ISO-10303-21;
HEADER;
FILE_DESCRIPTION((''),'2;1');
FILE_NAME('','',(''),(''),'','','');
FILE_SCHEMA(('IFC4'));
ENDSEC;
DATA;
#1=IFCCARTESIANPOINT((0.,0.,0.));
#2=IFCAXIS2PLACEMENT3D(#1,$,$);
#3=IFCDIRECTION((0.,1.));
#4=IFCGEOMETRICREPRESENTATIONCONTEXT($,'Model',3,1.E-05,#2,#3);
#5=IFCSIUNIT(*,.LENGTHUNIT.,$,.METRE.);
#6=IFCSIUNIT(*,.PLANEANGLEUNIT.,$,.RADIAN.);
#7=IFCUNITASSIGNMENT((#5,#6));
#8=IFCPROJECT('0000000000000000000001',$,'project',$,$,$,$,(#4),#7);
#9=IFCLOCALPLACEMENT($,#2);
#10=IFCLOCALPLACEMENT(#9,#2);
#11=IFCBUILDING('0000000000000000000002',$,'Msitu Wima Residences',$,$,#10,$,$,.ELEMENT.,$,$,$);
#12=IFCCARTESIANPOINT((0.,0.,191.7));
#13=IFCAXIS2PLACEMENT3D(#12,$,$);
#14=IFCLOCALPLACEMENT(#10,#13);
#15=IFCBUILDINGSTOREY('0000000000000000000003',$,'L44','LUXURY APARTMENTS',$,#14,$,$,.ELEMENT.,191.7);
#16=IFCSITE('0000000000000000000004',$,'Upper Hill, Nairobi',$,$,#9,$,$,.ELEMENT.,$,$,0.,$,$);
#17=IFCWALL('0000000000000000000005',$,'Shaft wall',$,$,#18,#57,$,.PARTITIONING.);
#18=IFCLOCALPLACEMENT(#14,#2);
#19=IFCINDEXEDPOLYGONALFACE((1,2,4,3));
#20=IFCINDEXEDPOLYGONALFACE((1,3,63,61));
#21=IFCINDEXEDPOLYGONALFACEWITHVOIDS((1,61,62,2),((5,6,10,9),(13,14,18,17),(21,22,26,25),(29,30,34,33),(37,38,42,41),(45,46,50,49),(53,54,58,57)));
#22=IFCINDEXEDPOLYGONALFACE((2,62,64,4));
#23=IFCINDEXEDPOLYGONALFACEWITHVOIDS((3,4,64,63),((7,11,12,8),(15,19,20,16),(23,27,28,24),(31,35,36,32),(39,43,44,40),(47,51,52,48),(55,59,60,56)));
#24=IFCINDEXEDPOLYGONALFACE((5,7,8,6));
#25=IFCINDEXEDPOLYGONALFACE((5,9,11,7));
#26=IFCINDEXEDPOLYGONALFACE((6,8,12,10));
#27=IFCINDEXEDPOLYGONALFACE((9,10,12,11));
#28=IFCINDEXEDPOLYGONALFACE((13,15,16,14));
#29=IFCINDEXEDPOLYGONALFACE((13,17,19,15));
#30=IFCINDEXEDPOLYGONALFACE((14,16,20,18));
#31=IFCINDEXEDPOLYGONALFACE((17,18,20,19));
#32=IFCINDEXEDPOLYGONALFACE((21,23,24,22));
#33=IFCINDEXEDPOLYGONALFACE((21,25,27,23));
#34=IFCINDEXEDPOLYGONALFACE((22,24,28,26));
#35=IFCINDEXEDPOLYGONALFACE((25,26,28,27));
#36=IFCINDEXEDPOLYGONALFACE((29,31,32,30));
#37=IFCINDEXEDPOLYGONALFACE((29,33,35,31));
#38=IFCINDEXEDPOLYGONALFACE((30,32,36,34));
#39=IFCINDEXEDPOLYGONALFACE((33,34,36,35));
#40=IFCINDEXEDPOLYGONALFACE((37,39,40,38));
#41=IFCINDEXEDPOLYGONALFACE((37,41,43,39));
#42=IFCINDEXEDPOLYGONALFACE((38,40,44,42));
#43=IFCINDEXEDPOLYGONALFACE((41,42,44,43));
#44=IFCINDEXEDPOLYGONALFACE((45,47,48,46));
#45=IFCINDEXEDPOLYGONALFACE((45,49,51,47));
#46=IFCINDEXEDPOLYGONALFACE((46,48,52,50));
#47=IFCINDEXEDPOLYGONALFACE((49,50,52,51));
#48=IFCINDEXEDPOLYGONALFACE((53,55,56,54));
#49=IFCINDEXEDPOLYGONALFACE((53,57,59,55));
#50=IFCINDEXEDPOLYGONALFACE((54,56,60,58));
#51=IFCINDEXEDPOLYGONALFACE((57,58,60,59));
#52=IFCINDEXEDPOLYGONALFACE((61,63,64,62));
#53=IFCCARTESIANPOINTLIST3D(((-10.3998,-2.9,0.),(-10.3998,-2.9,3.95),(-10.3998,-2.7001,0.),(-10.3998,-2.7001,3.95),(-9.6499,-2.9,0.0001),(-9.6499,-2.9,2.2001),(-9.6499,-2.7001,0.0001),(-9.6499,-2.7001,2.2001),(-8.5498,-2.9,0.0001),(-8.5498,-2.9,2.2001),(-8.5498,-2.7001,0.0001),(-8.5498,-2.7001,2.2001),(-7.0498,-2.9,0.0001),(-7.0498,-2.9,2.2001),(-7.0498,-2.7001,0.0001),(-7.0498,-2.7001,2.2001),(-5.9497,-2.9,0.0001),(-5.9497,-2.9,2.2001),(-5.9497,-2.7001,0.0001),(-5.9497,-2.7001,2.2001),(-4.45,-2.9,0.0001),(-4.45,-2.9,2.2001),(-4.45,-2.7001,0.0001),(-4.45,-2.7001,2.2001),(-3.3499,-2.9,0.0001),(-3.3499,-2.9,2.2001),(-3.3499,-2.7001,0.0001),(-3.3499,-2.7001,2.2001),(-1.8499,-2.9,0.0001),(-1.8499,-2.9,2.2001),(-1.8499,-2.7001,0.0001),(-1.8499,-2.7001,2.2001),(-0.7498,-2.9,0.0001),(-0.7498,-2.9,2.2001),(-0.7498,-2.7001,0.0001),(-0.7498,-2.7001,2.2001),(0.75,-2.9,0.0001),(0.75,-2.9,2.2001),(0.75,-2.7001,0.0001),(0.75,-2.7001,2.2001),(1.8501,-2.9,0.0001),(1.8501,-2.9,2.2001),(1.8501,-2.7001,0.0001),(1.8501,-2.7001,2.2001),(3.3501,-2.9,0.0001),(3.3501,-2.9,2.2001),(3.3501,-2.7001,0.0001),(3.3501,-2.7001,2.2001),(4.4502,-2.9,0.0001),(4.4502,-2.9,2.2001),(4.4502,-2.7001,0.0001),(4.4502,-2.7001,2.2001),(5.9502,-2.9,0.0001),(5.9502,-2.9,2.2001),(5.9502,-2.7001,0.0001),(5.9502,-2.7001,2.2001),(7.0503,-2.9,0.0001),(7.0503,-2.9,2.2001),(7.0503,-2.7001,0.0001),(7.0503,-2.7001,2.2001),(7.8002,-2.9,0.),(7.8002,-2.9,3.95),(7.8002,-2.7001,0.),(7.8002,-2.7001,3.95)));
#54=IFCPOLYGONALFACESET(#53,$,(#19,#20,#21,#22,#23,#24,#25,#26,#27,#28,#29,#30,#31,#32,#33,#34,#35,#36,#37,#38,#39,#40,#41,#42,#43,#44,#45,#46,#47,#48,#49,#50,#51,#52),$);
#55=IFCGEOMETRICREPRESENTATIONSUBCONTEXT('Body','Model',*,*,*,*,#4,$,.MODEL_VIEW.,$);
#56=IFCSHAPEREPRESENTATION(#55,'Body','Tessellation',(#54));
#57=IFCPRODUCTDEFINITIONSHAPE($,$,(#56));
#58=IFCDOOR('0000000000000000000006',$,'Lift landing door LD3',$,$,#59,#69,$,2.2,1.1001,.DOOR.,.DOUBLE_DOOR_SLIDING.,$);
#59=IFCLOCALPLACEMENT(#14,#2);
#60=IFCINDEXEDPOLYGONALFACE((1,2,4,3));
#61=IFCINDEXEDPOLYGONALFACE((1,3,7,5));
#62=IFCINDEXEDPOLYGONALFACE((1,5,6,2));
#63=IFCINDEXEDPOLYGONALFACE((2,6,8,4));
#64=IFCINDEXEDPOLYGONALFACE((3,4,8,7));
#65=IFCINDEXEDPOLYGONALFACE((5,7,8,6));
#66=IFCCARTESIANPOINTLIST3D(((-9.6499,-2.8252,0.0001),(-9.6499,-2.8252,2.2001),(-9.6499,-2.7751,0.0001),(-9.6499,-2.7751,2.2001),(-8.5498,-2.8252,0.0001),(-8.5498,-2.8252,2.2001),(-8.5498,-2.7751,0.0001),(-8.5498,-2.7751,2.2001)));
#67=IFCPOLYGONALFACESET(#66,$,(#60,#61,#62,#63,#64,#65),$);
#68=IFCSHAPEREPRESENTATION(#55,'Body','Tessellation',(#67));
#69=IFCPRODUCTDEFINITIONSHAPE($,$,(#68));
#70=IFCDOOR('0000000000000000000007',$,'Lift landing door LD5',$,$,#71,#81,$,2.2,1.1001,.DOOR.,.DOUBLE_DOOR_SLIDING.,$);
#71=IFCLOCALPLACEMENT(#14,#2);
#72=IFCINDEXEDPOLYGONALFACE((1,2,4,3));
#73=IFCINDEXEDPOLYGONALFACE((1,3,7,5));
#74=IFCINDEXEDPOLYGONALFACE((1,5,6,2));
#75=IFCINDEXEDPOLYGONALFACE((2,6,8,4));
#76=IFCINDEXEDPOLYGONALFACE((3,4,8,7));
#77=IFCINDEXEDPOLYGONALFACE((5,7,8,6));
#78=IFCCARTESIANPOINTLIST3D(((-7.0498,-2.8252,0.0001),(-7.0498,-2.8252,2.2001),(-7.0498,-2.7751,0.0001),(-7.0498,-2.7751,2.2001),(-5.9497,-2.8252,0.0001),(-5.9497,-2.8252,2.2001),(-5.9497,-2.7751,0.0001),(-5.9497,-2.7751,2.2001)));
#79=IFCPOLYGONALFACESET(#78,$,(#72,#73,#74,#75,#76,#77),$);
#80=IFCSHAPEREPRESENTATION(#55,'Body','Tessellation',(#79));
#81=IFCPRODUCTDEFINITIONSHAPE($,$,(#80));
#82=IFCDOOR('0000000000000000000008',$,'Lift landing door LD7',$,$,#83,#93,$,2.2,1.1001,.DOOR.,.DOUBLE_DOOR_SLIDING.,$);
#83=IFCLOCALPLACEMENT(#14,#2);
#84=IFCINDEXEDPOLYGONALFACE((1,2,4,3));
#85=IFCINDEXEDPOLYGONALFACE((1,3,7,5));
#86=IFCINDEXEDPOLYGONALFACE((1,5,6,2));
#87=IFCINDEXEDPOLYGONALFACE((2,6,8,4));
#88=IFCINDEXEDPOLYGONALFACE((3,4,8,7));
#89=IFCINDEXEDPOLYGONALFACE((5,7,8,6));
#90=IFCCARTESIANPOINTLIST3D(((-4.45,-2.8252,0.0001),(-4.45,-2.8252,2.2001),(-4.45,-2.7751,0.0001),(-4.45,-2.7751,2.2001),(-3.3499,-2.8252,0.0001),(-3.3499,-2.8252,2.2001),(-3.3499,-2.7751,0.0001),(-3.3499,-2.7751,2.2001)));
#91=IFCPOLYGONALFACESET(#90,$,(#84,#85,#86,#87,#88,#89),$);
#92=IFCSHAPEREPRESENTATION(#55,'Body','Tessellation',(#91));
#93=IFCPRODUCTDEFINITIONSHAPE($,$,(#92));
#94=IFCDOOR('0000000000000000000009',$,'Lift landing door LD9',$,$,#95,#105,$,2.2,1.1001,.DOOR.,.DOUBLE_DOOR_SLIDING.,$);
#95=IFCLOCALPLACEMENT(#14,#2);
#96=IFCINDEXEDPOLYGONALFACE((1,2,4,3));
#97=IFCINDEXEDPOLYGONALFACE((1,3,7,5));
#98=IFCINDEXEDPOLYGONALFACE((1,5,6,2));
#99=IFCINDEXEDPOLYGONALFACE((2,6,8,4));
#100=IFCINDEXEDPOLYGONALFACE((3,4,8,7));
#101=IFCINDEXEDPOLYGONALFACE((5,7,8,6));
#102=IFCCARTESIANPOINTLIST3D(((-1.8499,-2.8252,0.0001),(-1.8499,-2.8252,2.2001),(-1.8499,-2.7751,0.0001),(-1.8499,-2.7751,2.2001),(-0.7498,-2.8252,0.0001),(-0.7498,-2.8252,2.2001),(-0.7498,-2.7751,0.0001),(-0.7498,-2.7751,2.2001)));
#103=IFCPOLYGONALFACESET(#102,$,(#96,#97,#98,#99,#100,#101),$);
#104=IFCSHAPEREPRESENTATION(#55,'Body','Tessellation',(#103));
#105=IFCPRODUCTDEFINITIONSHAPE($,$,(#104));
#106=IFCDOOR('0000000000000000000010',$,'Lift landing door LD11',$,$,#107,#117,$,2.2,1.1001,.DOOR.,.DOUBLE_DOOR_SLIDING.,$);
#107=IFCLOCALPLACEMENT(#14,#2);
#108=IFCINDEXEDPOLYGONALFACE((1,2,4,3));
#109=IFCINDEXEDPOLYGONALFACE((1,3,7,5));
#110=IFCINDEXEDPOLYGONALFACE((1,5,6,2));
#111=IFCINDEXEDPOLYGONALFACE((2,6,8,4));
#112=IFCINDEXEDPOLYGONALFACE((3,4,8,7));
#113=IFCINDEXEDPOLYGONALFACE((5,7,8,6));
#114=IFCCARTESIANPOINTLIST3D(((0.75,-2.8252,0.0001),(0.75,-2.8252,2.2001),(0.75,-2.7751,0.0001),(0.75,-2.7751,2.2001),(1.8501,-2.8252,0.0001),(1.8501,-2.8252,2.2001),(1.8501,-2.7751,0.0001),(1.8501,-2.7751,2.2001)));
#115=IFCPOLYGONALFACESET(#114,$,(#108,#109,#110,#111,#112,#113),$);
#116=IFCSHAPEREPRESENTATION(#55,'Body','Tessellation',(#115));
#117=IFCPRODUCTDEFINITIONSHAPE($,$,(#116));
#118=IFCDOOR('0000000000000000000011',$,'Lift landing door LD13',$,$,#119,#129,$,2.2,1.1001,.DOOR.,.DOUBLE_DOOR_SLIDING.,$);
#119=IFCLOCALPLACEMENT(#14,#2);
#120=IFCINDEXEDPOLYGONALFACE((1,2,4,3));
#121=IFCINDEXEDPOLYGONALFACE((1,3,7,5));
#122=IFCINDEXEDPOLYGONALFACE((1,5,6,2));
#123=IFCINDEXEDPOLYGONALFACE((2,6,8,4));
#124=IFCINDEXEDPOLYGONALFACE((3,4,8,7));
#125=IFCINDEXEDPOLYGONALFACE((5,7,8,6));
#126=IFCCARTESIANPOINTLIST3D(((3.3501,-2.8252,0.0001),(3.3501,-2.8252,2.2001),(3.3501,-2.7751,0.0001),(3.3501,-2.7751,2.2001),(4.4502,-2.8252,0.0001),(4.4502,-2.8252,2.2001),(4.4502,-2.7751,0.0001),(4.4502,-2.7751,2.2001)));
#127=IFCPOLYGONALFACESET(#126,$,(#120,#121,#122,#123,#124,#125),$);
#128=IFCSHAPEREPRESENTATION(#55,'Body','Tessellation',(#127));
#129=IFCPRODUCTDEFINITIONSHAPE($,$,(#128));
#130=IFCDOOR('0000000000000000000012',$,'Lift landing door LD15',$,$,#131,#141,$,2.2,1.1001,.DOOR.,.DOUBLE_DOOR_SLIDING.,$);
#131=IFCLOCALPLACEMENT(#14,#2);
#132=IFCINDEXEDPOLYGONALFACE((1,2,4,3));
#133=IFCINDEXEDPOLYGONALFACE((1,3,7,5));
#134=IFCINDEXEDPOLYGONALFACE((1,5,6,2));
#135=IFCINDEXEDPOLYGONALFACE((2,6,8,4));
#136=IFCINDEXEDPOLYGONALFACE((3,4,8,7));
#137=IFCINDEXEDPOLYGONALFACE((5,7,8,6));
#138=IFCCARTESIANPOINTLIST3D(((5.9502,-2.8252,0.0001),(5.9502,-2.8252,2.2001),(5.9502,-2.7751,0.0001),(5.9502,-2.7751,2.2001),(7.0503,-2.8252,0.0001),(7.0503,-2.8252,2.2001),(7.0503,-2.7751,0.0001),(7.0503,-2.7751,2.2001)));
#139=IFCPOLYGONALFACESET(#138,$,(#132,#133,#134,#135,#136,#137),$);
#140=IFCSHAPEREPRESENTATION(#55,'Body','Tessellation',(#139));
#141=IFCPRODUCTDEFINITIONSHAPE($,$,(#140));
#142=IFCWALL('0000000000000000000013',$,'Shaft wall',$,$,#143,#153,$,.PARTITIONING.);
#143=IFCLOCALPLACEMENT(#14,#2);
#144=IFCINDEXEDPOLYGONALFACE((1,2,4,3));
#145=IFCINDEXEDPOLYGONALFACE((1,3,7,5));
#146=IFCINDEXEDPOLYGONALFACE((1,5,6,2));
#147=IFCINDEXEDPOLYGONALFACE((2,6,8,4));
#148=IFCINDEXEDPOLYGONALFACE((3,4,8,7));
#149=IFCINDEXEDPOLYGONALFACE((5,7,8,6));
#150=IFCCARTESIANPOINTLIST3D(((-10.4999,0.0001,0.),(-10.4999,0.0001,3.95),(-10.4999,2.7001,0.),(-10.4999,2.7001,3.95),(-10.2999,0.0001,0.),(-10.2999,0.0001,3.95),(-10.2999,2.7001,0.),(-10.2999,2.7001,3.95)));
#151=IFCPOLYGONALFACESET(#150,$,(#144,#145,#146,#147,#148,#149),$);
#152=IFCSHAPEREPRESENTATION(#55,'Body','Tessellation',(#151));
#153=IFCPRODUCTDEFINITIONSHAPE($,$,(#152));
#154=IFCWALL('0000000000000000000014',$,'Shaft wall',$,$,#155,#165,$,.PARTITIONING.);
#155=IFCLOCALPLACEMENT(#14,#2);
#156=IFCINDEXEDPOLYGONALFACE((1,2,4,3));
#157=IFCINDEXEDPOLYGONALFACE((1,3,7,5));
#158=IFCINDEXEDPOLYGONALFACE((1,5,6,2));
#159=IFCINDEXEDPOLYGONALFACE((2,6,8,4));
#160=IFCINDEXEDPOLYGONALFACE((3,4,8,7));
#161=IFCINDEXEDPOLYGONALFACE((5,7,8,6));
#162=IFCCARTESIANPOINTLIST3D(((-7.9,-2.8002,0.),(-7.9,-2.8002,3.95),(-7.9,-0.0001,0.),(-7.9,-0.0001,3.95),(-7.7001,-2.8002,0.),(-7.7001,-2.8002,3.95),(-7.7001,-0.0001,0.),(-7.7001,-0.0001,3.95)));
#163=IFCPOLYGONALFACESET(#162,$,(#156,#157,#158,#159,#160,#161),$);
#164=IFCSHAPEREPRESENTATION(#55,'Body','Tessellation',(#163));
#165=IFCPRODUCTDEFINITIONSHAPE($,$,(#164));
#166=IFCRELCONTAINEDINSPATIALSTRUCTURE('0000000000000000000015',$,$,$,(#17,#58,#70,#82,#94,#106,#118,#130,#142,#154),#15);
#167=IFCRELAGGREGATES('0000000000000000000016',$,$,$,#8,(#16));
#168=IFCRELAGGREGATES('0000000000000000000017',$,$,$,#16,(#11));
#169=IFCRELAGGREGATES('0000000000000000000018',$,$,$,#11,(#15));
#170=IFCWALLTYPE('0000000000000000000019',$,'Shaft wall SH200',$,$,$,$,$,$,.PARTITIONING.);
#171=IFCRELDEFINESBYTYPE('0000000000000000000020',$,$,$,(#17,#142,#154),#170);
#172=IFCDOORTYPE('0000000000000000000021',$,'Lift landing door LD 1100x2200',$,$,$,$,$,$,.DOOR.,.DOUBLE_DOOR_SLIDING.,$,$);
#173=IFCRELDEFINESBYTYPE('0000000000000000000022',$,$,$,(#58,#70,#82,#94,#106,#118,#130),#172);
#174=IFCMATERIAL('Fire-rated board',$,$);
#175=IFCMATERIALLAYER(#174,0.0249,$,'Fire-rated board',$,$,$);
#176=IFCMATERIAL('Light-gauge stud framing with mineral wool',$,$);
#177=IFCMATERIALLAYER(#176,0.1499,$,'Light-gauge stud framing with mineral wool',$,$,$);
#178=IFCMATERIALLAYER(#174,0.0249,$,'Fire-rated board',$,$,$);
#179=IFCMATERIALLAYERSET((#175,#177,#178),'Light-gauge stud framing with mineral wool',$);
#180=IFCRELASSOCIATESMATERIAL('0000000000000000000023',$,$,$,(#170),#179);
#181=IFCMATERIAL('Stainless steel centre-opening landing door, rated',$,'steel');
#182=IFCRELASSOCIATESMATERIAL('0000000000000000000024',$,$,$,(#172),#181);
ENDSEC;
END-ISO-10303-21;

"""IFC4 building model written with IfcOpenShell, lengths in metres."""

from ifc_helpers import new_model, si_unit, direction, frame, frame_2d, origin, place, context, subcontext, project, spatial, rectangle, extrude, material, layer, layer_set, type_object, element, fill, save


model = new_model("IFC4")

# Units and contexts
model_context = context("Model", 3, precision=1e-05, world=origin(), true_north=direction((0.0, 1.0)))
body_context = subcontext(model_context, "Body", "Model", "MODEL_VIEW")
ifc_project = project(units=[si_unit("LENGTHUNIT", "METRE"), si_unit("PLANEANGLEUNIT", "RADIAN")], contexts=[model_context])

# Site, building, storey
site_placement = place(None, origin())
site = spatial("IfcSite", under=ifc_project, at=site_placement, Name="Upper Hill, Nairobi", CompositionType="ELEMENT", RefElevation=0.0)
building_placement = place(site_placement, origin())
building = spatial("IfcBuilding", under=site, at=building_placement, Name="Msitu Wima Residences", CompositionType="ELEMENT")
storey_placement = place(building_placement, frame((0.0, 0.0, 191.7)))
storey = spatial("IfcBuildingStorey", under=building, at=storey_placement, Name="L44", Description="LUXURY APARTMENTS", CompositionType="ELEMENT", Elevation=191.7)

# Shared definitions
ifc_material_1 = material(Name="Fire-rated board")
ifc_layer_1 = layer(ifc_material_1, 0.0249, Name="Fire-rated board")
ifc_material_2 = material(Name="Light-gauge stud framing with mineral wool")
ifc_layer_2 = layer(ifc_material_2, 0.1499, Name="Light-gauge stud framing with mineral wool")
ifc_layer_3 = layer(ifc_material_1, 0.0249, Name="Fire-rated board")
ifc_layer_set_1 = layer_set([ifc_layer_1, ifc_layer_2, ifc_layer_3], Name="Light-gauge stud framing with mineral wool")
wall_type_1 = type_object("IfcWallType", Name="Shaft wall SH200", PredefinedType="PARTITIONING", material=ifc_layer_set_1)

# Wall, openings, doors
wall_1_placement = place(storey_placement, frame((-10.3999, -2.8, 0.0), z_axis=(0.0, 0.0, 1.0), x_axis=(1.0, 0.0, 0.0)))
wall_1 = element("IfcWall", 1, at=wall_1_placement, inside=storey, type_object=wall_type_1, Name="Shaft wall", PredefinedType="PARTITIONING", context=body_context, shape_type="SweptSolid", body=[
    extrude(rectangle(XDim=18.2, YDim=0.2, at=frame_2d((9.1001, 0.0))), origin(), (0.0, 0.0, 1.0), 3.95),
])
opening_1_placement = place(wall_1_placement, frame((0.75, 0.0, 0.0)))
opening_1 = element("IfcOpeningElement", 2, at=opening_1_placement, cuts=wall_1, PredefinedType="OPENING", context=body_context, shape_type="SweptSolid", body=[
    extrude(rectangle(XDim=1.1001, YDim=2.2, at=frame_2d((0.55, 1.1001))), frame((0.0, 0.1099, 0.0), z_axis=(0.0, -1.0, 0.0), x_axis=(1.0, 0.0, 0.0)), (0.0, 0.0, 1.0), 0.22),
])
opening_2_placement = place(wall_1_placement, frame((3.3501, 0.0, 0.0)))
opening_2 = element("IfcOpeningElement", 3, at=opening_2_placement, cuts=wall_1, PredefinedType="OPENING", context=body_context, shape_type="SweptSolid", body=[
    extrude(rectangle(XDim=1.1001, YDim=2.2, at=frame_2d((0.55, 1.1001))), frame((0.0, 0.1099, 0.0), z_axis=(0.0, -1.0, 0.0), x_axis=(1.0, 0.0, 0.0)), (0.0, 0.0, 1.0), 0.22),
])
opening_3_placement = place(wall_1_placement, frame((5.95, 0.0, 0.0)))
opening_3 = element("IfcOpeningElement", 4, at=opening_3_placement, cuts=wall_1, PredefinedType="OPENING", context=body_context, shape_type="SweptSolid", body=[
    extrude(rectangle(XDim=1.1001, YDim=2.2, at=frame_2d((0.55, 1.1001))), frame((0.0, 0.1099, 0.0), z_axis=(0.0, -1.0, 0.0), x_axis=(1.0, 0.0, 0.0)), (0.0, 0.0, 1.0), 0.22),
])
opening_4_placement = place(wall_1_placement, frame((8.55, 0.0, 0.0)))
opening_4 = element("IfcOpeningElement", 5, at=opening_4_placement, cuts=wall_1, PredefinedType="OPENING", context=body_context, shape_type="SweptSolid", body=[
    extrude(rectangle(XDim=1.1001, YDim=2.2, at=frame_2d((0.55, 1.1001))), frame((0.0, 0.1099, 0.0), z_axis=(0.0, -1.0, 0.0), x_axis=(1.0, 0.0, 0.0)), (0.0, 0.0, 1.0), 0.22),
])
opening_5_placement = place(wall_1_placement, frame((11.1499, 0.0, 0.0)))
opening_5 = element("IfcOpeningElement", 6, at=opening_5_placement, cuts=wall_1, PredefinedType="OPENING", context=body_context, shape_type="SweptSolid", body=[
    extrude(rectangle(XDim=1.1001, YDim=2.2, at=frame_2d((0.55, 1.1001))), frame((0.0, 0.1099, 0.0), z_axis=(0.0, -1.0, 0.0), x_axis=(1.0, 0.0, 0.0)), (0.0, 0.0, 1.0), 0.22),
])
opening_6_placement = place(wall_1_placement, frame((13.75, 0.0, 0.0)))
opening_6 = element("IfcOpeningElement", 7, at=opening_6_placement, cuts=wall_1, PredefinedType="OPENING", context=body_context, shape_type="SweptSolid", body=[
    extrude(rectangle(XDim=1.1001, YDim=2.2, at=frame_2d((0.55, 1.1001))), frame((0.0, 0.1099, 0.0), z_axis=(0.0, -1.0, 0.0), x_axis=(1.0, 0.0, 0.0)), (0.0, 0.0, 1.0), 0.22),
])
opening_7_placement = place(wall_1_placement, frame((16.3501, 0.0, 0.0)))
opening_7 = element("IfcOpeningElement", 8, at=opening_7_placement, cuts=wall_1, PredefinedType="OPENING", context=body_context, shape_type="SweptSolid", body=[
    extrude(rectangle(XDim=1.1001, YDim=2.2, at=frame_2d((0.55, 1.1001))), frame((0.0, 0.1099, 0.0), z_axis=(0.0, -1.0, 0.0), x_axis=(1.0, 0.0, 0.0)), (0.0, 0.0, 1.0), 0.22),
])
ifc_material_3 = material(Name="Stainless steel centre-opening landing door, rated", Category="steel")
door_type_1 = type_object("IfcDoorType", Name="Lift landing door LD 1100x2200", OperationType="DOUBLE_DOOR_SLIDING", PredefinedType="DOOR", material=ifc_material_3)
door_1_placement = place(opening_1_placement, origin())
door_1 = element("IfcDoor", 9, at=door_1_placement, inside=storey, type_object=door_type_1, Name="Lift landing door LD3", OperationType="DOUBLE_DOOR_SLIDING", OverallHeight=2.2, OverallWidth=1.1001, PredefinedType="DOOR", context=body_context, shape_type="SweptSolid", body=[
    extrude(rectangle(XDim=1.1001, YDim=2.2, at=frame_2d((0.55, 1.1001))), frame((0.0, 0.0249, 0.0), z_axis=(0.0, -1.0, 0.0), x_axis=(1.0, 0.0, 0.0)), (0.0, 0.0, 1.0), 0.05),
])
fill(opening_1, door_1)
door_2_placement = place(opening_2_placement, origin())
door_2 = element("IfcDoor", 10, at=door_2_placement, inside=storey, type_object=door_type_1, Name="Lift landing door LD5", OperationType="DOUBLE_DOOR_SLIDING", OverallHeight=2.2, OverallWidth=1.1001, PredefinedType="DOOR", context=body_context, shape_type="SweptSolid", body=[
    extrude(rectangle(XDim=1.1001, YDim=2.2, at=frame_2d((0.55, 1.1001))), frame((0.0, 0.0249, 0.0), z_axis=(0.0, -1.0, 0.0), x_axis=(1.0, 0.0, 0.0)), (0.0, 0.0, 1.0), 0.05),
])
fill(opening_2, door_2)
door_3_placement = place(opening_3_placement, origin())
door_3 = element("IfcDoor", 11, at=door_3_placement, inside=storey, type_object=door_type_1, Name="Lift landing door LD7", OperationType="DOUBLE_DOOR_SLIDING", OverallHeight=2.2, OverallWidth=1.1001, PredefinedType="DOOR", context=body_context, shape_type="SweptSolid", body=[
    extrude(rectangle(XDim=1.1001, YDim=2.2, at=frame_2d((0.55, 1.1001))), frame((0.0, 0.0249, 0.0), z_axis=(0.0, -1.0, 0.0), x_axis=(1.0, 0.0, 0.0)), (0.0, 0.0, 1.0), 0.05),
])
fill(opening_3, door_3)
door_4_placement = place(opening_4_placement, origin())
door_4 = element("IfcDoor", 12, at=door_4_placement, inside=storey, type_object=door_type_1, Name="Lift landing door LD9", OperationType="DOUBLE_DOOR_SLIDING", OverallHeight=2.2, OverallWidth=1.1001, PredefinedType="DOOR", context=body_context, shape_type="SweptSolid", body=[
    extrude(rectangle(XDim=1.1001, YDim=2.2, at=frame_2d((0.55, 1.1001))), frame((0.0, 0.0249, 0.0), z_axis=(0.0, -1.0, 0.0), x_axis=(1.0, 0.0, 0.0)), (0.0, 0.0, 1.0), 0.05),
])
fill(opening_4, door_4)
door_5_placement = place(opening_5_placement, origin())
door_5 = element("IfcDoor", 13, at=door_5_placement, inside=storey, type_object=door_type_1, Name="Lift landing door LD11", OperationType="DOUBLE_DOOR_SLIDING", OverallHeight=2.2, OverallWidth=1.1001, PredefinedType="DOOR", context=body_context, shape_type="SweptSolid", body=[
    extrude(rectangle(XDim=1.1001, YDim=2.2, at=frame_2d((0.55, 1.1001))), frame((0.0, 0.0249, 0.0), z_axis=(0.0, -1.0, 0.0), x_axis=(1.0, 0.0, 0.0)), (0.0, 0.0, 1.0), 0.05),
])
fill(opening_5, door_5)
door_6_placement = place(opening_6_placement, origin())
door_6 = element("IfcDoor", 14, at=door_6_placement, inside=storey, type_object=door_type_1, Name="Lift landing door LD13", OperationType="DOUBLE_DOOR_SLIDING", OverallHeight=2.2, OverallWidth=1.1001, PredefinedType="DOOR", context=body_context, shape_type="SweptSolid", body=[
    extrude(rectangle(XDim=1.1001, YDim=2.2, at=frame_2d((0.55, 1.1001))), frame((0.0, 0.0249, 0.0), z_axis=(0.0, -1.0, 0.0), x_axis=(1.0, 0.0, 0.0)), (0.0, 0.0, 1.0), 0.05),
])
fill(opening_6, door_6)
door_7_placement = place(opening_7_placement, origin())
door_7 = element("IfcDoor", 15, at=door_7_placement, inside=storey, type_object=door_type_1, Name="Lift landing door LD15", OperationType="DOUBLE_DOOR_SLIDING", OverallHeight=2.2, OverallWidth=1.1001, PredefinedType="DOOR", context=body_context, shape_type="SweptSolid", body=[
    extrude(rectangle(XDim=1.1001, YDim=2.2, at=frame_2d((0.55, 1.1001))), frame((0.0, 0.0249, 0.0), z_axis=(0.0, -1.0, 0.0), x_axis=(1.0, 0.0, 0.0)), (0.0, 0.0, 1.0), 0.05),
])
fill(opening_7, door_7)

# Walls
wall_2_placement = place(storey_placement, frame((-10.3999, 0.0, 0.0), z_axis=(0.0, 0.0, 1.0), x_axis=(0.0, 1.0, 0.0)))
element("IfcWall", 16, at=wall_2_placement, inside=storey, type_object=wall_type_1, Name="Shaft wall", PredefinedType="PARTITIONING", context=body_context, shape_type="SweptSolid", body=[
    extrude(rectangle(XDim=2.7, YDim=0.2, at=frame_2d((1.3501, 0.0))), origin(), (0.0, 0.0, 1.0), 3.95),
])
for number, where, z_axis, x_axis, name in (
    (17, (-7.8, -2.8, 0.0), (0.0, 0.0, 1.0), (0.0, 1.0, 0.0), "Shaft wall"),
):
    element("IfcWall", number, at=place(storey_placement, frame(where, z_axis=z_axis, x_axis=x_axis)), inside=storey, type_object=wall_type_1, Name=name, PredefinedType="PARTITIONING", context=body_context, shape_type="SweptSolid", body=[
        extrude(rectangle(XDim=2.8, YDim=0.2, at=frame_2d((1.3999, 0.0))), origin(), (0.0, 0.0, 1.0), 3.95),
    ])

save(model, "model.ifc")
